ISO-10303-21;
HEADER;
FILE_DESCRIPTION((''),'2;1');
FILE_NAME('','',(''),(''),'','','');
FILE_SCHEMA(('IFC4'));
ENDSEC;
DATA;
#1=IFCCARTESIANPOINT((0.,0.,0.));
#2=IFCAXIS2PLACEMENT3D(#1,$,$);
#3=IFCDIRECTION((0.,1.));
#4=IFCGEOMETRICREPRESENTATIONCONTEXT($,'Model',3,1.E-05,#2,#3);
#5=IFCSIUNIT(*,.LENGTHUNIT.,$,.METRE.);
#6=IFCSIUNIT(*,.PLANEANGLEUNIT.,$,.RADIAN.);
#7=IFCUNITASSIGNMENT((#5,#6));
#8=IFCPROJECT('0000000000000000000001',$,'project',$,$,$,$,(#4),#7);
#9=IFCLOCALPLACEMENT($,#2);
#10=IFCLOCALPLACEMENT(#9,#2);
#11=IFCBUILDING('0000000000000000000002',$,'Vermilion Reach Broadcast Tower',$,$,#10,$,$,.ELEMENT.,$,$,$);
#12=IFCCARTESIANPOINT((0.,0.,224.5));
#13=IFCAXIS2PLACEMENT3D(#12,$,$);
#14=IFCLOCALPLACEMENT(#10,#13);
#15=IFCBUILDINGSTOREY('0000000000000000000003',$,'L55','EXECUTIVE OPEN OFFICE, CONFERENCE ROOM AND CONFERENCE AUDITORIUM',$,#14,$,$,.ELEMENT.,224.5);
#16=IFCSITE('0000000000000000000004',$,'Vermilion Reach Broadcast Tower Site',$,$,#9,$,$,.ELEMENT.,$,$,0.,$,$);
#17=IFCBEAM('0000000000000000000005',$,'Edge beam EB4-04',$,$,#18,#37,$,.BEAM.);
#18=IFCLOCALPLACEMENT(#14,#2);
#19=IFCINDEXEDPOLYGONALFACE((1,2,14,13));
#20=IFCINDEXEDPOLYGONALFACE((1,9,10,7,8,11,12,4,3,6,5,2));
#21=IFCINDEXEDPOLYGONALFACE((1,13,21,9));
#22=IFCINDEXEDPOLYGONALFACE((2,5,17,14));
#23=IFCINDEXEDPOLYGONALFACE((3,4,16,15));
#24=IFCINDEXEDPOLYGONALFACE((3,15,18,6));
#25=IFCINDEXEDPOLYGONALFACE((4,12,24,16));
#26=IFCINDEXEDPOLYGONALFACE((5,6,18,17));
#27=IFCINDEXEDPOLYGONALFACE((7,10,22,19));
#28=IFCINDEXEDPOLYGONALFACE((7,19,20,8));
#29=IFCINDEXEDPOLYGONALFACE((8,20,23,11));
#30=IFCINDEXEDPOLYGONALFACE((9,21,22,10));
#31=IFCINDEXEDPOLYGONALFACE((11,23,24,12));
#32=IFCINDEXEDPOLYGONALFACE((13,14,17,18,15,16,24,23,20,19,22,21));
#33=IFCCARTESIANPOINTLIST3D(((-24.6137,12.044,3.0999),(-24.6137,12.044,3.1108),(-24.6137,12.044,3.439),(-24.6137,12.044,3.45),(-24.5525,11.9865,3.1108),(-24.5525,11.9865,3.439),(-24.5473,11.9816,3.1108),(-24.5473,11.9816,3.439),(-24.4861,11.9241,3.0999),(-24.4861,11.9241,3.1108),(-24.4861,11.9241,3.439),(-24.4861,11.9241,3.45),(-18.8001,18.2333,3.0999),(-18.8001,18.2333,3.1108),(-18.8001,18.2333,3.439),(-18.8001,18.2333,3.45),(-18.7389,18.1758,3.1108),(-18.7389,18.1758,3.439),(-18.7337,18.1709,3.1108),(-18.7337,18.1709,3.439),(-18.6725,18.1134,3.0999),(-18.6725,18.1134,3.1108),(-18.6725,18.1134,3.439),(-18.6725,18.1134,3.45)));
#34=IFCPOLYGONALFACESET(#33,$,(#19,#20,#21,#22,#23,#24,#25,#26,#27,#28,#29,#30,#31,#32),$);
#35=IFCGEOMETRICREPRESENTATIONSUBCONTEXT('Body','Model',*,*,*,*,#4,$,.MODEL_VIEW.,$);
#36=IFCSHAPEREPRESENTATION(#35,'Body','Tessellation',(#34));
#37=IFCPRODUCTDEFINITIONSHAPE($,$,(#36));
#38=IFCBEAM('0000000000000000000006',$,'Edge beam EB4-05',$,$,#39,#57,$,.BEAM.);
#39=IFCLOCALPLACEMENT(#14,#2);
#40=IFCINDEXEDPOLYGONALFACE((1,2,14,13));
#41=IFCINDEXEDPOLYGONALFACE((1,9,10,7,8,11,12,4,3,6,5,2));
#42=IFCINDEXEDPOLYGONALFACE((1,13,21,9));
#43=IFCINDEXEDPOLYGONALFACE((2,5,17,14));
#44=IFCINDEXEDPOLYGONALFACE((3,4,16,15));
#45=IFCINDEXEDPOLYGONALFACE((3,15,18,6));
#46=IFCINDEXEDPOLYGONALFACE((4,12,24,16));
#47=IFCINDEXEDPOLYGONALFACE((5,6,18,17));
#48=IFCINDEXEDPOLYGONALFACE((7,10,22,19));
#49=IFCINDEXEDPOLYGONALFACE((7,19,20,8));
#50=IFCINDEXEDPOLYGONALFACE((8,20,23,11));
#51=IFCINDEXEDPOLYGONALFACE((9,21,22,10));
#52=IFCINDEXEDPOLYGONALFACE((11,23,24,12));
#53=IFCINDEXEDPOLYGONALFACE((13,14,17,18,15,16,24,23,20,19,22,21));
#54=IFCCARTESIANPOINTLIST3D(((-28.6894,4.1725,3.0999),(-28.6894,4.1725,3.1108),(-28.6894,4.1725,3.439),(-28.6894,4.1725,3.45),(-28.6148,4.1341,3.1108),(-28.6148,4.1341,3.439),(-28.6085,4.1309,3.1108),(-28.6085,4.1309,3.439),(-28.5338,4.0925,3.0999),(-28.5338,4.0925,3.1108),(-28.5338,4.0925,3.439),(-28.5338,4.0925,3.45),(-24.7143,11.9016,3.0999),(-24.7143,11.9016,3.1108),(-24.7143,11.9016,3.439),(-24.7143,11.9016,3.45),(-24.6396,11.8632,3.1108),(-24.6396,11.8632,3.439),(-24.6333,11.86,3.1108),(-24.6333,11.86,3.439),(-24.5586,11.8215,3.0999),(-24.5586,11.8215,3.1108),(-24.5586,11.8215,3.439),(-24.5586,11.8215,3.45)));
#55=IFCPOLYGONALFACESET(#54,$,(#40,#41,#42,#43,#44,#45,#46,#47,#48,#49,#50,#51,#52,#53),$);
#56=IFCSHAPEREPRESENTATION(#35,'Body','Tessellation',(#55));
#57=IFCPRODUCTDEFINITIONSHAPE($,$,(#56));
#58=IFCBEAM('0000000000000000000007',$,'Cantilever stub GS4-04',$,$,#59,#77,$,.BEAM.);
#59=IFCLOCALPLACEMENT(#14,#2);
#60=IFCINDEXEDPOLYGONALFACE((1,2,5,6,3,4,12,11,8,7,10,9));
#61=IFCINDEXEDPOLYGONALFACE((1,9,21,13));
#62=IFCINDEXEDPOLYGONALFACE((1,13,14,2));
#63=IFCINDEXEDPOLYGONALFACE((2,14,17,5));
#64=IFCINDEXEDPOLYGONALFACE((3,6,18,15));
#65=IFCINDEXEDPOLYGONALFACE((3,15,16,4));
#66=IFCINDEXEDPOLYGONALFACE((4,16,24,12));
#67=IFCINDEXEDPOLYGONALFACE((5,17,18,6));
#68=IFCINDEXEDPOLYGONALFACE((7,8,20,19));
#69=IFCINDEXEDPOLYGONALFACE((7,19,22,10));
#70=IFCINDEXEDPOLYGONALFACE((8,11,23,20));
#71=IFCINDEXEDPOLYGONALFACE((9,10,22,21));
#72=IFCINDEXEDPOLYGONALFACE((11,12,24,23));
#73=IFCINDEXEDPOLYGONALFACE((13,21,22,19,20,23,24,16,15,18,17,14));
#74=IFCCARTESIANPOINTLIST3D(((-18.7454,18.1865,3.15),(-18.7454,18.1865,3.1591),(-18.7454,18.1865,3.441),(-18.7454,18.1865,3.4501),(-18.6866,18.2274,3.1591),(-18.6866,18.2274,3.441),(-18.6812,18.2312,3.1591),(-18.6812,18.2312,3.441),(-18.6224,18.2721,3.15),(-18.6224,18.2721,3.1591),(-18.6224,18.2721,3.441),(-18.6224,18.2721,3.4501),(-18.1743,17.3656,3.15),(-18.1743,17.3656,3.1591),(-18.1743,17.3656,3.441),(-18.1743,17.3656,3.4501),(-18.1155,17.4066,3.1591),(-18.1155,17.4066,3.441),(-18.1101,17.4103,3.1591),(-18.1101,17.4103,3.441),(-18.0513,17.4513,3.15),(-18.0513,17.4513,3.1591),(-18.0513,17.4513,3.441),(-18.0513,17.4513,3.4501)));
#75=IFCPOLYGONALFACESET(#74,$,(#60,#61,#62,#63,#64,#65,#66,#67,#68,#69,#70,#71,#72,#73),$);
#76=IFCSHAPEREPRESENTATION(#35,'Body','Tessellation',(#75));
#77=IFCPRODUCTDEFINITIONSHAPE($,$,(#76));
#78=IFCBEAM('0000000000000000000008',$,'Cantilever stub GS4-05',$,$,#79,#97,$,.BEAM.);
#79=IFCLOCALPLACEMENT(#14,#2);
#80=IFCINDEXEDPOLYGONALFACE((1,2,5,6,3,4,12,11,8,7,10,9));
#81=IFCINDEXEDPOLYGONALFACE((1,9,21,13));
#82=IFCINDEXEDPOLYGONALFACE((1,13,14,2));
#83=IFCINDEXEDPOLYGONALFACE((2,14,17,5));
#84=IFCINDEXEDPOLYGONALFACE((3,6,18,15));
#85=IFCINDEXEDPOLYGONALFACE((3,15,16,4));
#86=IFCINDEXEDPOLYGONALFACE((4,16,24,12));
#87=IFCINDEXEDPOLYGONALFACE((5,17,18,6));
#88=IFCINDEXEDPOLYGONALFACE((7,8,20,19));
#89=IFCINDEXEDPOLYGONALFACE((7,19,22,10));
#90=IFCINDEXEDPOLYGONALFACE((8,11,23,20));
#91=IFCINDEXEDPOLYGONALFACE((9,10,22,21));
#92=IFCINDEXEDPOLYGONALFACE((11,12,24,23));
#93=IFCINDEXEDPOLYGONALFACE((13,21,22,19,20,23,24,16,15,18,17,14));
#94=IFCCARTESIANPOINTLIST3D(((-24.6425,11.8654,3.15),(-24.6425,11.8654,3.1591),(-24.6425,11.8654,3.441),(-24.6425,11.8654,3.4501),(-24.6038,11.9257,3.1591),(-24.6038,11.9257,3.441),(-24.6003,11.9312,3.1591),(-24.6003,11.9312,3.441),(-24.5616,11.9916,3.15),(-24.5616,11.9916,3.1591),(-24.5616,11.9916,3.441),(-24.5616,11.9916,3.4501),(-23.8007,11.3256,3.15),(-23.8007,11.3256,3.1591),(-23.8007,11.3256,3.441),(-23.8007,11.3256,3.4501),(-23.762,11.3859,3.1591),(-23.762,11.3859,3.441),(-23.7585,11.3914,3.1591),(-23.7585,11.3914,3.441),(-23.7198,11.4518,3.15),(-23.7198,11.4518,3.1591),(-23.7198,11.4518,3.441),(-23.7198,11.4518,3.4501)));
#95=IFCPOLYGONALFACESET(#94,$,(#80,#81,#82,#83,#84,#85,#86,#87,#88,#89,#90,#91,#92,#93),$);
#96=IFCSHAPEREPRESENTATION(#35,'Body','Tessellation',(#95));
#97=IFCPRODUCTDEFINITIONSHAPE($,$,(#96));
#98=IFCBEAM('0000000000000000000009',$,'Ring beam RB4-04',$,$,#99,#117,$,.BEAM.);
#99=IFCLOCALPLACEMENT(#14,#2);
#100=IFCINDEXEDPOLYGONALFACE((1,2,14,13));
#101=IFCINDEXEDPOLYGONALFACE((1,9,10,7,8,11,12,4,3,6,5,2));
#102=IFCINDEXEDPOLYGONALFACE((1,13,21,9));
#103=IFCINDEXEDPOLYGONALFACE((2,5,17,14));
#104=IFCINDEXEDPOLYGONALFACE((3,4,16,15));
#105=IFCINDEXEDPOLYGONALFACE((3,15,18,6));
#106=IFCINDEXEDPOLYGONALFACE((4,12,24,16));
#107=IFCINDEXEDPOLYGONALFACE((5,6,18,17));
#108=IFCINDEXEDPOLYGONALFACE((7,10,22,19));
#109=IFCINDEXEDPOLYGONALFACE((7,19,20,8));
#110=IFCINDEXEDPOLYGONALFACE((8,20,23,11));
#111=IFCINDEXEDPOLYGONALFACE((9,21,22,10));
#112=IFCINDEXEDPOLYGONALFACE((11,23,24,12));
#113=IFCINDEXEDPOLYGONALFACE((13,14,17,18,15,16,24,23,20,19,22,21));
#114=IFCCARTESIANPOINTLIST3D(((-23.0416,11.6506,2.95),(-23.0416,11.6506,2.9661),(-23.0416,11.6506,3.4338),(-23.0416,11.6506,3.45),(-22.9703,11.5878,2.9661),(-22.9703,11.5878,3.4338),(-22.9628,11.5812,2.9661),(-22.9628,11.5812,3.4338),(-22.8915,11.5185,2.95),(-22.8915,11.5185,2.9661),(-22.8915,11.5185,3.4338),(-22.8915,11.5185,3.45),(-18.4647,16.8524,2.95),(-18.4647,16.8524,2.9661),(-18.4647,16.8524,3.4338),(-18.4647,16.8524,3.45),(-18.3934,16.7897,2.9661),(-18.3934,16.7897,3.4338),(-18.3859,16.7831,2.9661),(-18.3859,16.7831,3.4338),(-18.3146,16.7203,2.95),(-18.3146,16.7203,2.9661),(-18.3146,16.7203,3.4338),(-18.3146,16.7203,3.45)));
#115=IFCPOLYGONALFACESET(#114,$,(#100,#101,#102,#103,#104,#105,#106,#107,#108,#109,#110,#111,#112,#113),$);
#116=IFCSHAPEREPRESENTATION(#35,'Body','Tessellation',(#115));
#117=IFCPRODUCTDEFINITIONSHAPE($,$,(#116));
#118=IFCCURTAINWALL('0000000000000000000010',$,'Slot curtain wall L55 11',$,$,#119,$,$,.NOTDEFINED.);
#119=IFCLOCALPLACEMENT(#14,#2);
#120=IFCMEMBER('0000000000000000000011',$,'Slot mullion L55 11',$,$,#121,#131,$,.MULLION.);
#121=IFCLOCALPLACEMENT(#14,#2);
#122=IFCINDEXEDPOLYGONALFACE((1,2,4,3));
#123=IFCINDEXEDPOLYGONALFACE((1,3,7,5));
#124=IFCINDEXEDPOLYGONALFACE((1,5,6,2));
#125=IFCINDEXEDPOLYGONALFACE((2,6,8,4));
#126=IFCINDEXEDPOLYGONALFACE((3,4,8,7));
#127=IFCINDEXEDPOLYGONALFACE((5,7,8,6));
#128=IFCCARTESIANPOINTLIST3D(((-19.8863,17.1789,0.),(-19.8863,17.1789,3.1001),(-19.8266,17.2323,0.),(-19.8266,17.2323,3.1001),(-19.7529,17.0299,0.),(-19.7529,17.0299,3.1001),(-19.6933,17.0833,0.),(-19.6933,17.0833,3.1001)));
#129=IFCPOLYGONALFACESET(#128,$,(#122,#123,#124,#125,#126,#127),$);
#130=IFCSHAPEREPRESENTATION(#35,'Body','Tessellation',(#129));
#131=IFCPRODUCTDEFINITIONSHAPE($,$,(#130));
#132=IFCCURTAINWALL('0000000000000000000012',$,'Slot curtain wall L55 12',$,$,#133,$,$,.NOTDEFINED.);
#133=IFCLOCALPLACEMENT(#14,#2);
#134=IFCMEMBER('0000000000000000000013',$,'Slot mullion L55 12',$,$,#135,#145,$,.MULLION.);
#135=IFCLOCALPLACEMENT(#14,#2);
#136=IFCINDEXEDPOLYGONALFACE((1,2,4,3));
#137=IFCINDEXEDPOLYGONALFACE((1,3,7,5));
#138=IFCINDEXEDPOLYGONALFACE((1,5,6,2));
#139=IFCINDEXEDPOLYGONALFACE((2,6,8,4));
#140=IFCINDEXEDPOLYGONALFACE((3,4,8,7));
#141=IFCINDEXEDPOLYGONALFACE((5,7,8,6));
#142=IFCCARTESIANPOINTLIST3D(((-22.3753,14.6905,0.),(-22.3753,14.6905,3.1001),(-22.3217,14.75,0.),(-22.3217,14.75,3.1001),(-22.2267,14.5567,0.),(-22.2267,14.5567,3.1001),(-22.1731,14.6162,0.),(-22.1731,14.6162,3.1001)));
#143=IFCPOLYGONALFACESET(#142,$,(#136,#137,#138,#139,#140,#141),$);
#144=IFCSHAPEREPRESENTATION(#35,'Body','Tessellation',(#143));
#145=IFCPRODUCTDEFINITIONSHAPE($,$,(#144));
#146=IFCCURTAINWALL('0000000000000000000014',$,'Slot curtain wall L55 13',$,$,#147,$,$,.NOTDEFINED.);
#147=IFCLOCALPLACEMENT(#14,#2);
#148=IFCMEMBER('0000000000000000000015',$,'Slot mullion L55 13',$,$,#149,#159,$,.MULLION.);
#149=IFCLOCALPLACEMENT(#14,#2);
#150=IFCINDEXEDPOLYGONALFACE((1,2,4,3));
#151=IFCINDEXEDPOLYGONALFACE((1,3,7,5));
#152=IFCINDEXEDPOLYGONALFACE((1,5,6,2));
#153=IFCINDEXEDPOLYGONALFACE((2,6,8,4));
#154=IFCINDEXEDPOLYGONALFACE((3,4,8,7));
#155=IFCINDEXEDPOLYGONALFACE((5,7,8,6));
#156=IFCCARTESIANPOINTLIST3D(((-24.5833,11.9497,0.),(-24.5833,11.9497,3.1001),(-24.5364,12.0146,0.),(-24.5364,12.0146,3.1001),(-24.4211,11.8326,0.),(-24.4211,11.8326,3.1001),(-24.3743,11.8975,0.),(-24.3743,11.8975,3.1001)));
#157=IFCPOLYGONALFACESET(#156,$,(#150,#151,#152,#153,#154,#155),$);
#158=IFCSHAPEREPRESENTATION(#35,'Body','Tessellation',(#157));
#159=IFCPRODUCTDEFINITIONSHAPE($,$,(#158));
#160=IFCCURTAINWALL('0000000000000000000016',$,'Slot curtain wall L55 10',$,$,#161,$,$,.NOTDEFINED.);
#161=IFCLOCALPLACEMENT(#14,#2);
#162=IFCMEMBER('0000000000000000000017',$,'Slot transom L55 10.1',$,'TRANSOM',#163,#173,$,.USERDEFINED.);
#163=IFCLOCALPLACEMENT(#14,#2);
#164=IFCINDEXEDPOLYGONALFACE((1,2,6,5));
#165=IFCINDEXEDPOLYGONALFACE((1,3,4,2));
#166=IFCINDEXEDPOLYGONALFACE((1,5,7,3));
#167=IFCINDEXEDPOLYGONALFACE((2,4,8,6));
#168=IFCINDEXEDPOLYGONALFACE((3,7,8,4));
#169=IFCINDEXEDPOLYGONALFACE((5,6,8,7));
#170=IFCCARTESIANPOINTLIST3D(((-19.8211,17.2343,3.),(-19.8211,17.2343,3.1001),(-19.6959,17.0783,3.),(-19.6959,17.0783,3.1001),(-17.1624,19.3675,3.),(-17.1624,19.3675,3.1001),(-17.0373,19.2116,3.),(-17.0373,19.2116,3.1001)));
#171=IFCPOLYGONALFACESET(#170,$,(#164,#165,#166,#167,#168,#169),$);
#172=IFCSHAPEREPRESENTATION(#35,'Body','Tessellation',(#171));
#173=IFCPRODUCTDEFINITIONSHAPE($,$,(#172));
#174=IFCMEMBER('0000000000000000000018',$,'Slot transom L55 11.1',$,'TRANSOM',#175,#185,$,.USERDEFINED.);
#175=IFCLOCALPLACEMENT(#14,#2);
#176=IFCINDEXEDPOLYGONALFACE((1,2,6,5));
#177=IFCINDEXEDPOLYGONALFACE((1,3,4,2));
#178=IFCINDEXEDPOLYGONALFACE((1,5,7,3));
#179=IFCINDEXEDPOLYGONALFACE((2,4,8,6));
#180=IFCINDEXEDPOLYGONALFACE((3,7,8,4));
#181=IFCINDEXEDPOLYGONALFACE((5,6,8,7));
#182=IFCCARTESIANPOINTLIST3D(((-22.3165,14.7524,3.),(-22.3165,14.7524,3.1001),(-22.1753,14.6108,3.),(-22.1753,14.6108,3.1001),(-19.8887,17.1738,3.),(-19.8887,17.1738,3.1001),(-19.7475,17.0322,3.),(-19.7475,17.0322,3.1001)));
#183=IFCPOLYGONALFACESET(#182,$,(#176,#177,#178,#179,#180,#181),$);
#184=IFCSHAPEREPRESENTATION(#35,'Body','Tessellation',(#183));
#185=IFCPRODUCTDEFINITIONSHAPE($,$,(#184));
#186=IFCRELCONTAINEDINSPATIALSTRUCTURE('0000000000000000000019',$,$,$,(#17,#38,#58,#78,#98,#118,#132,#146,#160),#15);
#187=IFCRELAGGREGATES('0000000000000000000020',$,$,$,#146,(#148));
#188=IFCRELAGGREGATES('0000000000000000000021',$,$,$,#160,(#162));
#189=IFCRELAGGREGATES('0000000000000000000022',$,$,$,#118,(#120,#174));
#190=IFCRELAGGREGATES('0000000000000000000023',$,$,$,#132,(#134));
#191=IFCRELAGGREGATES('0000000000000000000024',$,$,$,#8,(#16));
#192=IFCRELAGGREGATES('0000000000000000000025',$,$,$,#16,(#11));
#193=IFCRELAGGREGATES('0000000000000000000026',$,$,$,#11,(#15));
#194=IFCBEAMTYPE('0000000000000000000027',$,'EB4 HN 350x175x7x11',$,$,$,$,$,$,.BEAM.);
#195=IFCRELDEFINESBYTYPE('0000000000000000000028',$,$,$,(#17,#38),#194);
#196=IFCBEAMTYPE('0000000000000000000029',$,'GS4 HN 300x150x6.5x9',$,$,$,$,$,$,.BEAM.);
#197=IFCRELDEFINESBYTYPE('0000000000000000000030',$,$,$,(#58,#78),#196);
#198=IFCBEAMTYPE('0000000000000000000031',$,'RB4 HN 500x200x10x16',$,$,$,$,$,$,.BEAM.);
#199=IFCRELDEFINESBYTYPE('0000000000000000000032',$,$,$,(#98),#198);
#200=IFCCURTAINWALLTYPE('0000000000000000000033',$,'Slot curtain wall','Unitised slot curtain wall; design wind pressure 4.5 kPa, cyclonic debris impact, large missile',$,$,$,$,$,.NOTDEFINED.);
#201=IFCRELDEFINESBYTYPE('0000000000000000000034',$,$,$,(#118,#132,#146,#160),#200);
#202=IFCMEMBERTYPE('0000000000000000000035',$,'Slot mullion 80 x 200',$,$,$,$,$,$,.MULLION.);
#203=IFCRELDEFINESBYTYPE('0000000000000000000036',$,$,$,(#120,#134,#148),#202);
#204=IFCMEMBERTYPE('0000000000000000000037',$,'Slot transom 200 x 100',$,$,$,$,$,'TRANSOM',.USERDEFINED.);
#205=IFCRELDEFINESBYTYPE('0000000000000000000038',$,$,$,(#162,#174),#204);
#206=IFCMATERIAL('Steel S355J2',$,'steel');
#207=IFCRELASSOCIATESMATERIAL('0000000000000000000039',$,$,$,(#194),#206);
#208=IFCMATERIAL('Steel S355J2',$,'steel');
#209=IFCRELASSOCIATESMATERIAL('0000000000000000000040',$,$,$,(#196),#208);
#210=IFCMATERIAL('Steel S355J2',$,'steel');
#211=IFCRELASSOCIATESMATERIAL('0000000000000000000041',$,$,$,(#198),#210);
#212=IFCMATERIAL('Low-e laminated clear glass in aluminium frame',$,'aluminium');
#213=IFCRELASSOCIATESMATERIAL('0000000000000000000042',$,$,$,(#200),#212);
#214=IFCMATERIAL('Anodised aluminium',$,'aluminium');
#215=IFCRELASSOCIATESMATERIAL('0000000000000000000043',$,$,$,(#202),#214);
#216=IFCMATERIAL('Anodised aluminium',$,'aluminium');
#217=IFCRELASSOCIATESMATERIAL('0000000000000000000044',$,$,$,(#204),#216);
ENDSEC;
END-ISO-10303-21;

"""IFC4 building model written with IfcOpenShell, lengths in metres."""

from ifc_helpers import new_model, si_unit, direction, frame, origin, origin_2d, place, context, subcontext, project, spatial, rectangle, i_section, extrude, material, material_profile, profile_set, type_object, element, aggregate, save


model = new_model("IFC4")

# Units and contexts
model_context = context("Model", 3, precision=1e-05, world=origin(), true_north=direction((0.0, 1.0)))
body_context = subcontext(model_context, "Body", "Model", "MODEL_VIEW")
ifc_project = project(units=[si_unit("LENGTHUNIT", "METRE"), si_unit("PLANEANGLEUNIT", "RADIAN")], contexts=[model_context])

# Site, building, storey
site_placement = place(None, origin())
site = spatial("IfcSite", under=ifc_project, at=site_placement, Name="Vermilion Reach Broadcast Tower Site", CompositionType="ELEMENT", RefElevation=0.0)
building_placement = place(site_placement, origin())
building = spatial("IfcBuilding", under=site, at=building_placement, Name="Vermilion Reach Broadcast Tower", CompositionType="ELEMENT")
storey_placement = place(building_placement, frame((0.0, 0.0, 224.5)))
storey = spatial("IfcBuildingStorey", under=building, at=storey_placement, Name="L55", Description="EXECUTIVE OPEN OFFICE, CONFERENCE ROOM AND CONFERENCE AUDITORIUM", CompositionType="ELEMENT", Elevation=224.5)

# Beams
ifc_material_1 = material(Name="Steel S355J2", Category="steel")
ifc_material_profile_1 = material_profile(ifc_material_1, i_section(OverallWidth=0.175, OverallDepth=0.3501, WebThickness=0.0071, FlangeThickness=0.011, at=origin_2d()), Name="S355J2 HN 350x175x7x11")
ifc_profile_set_1 = profile_set([ifc_material_profile_1], Name="Steel S355J2")
beam_type_1 = type_object("IfcBeamType", Name="EB4 HN 350x175x7x11", PredefinedType="BEAM", material=ifc_profile_set_1)
beam_1_placement = place(storey_placement, frame((-18.7363, 18.1733, 3.2749), z_axis=(-0.684636, -0.728885, 0.0), x_axis=(0.728885, -0.684636, 0.0)))
element("IfcBeam", 1, at=beam_1_placement, inside=storey, type_object=beam_type_1, Name="Edge beam EB4-04", PredefinedType="BEAM", context=body_context, shape_type="SweptSolid", body=[
    extrude(i_section(OverallWidth=0.175, OverallDepth=0.3501, WebThickness=0.0071, FlangeThickness=0.011, at=origin_2d()), origin(), (0.0, 0.0, 1.0), 8.4915),
])
beam_2_placement = place(storey_placement, frame((-24.6365, 11.8616, 3.2749), z_axis=(-0.457365, -0.889279, 0.0), x_axis=(0.889279, -0.457365, 0.0)))
element("IfcBeam", 2, at=beam_2_placement, inside=storey, type_object=beam_type_1, Name="Edge beam EB4-05", PredefinedType="BEAM", context=body_context, shape_type="SweptSolid", body=[
    extrude(i_section(OverallWidth=0.175, OverallDepth=0.3501, WebThickness=0.0071, FlangeThickness=0.011, at=origin_2d()), origin(), (0.0, 0.0, 1.0), 8.6914),
])
ifc_material_2 = material(Name="Steel S355J2", Category="steel")
ifc_material_profile_2 = material_profile(ifc_material_2, i_section(OverallWidth=0.1499, OverallDepth=0.3, WebThickness=0.0066, FlangeThickness=0.009, at=origin_2d()), Name="S355J2 HN 300x150x6.5x9")
ifc_profile_set_2 = profile_set([ifc_material_profile_2], Name="Steel S355J2")
beam_type_2 = type_object("IfcBeamType", Name="GS4 HN 300x150x6.5x9", PredefinedType="BEAM", material=ifc_profile_set_2)
for number, where, z_axis, x_axis, name in (
    (3, (-18.1128, 17.4084, 3.3), (-0.5711, 0.82088, 0.0), (-0.82088, -0.5711, 0.0), "Cantilever stub GS4-04"),
    (4, (-23.7603, 11.3887, 3.3), (-0.841797, 0.539795, 0.0), (-0.539795, -0.841797, 0.0), "Cantilever stub GS4-05"),
):
    element("IfcBeam", number, at=place(storey_placement, frame(where, z_axis=z_axis, x_axis=x_axis)), inside=storey, type_object=beam_type_2, Name=name, PredefinedType="BEAM", context=body_context, shape_type="SweptSolid", body=[
        extrude(i_section(OverallWidth=0.1499, OverallDepth=0.3, WebThickness=0.0066, FlangeThickness=0.009, at=origin_2d()), origin(), (0.0, 0.0, 1.0), 1.0),
    ])
ifc_material_3 = material(Name="Steel S355J2", Category="steel")
ifc_material_profile_3 = material_profile(ifc_material_3, i_section(OverallWidth=0.2, OverallDepth=0.5, WebThickness=0.01, FlangeThickness=0.0161, at=origin_2d()), Name="S355J2 HN 500x200x10x16")
ifc_profile_set_3 = profile_set([ifc_material_profile_3], Name="Steel S355J2")
beam_type_3 = type_object("IfcBeamType", Name="RB4 HN 500x200x10x16", PredefinedType="BEAM", material=ifc_profile_set_3)
beam_3_placement = place(storey_placement, frame((-18.3896, 16.7864, 3.2), z_axis=(-0.660565, -0.750769, 0.0), x_axis=(0.750769, -0.660565, 0.0)))
element("IfcBeam", 5, at=beam_3_placement, inside=storey, type_object=beam_type_3, Name="Ring beam RB4-04", PredefinedType="BEAM", context=body_context, shape_type="SweptSolid", body=[
    extrude(i_section(OverallWidth=0.2, OverallDepth=0.5, WebThickness=0.01, FlangeThickness=0.0161, at=origin_2d()), origin(), (0.0, 0.0, 1.0), 6.9287),
])

# Curtain walls, members
ifc_material_4 = material(Name="Low-e laminated clear glass in aluminium frame", Category="aluminium")
curtain_wall_type = type_object("IfcCurtainWallType", Name="Slot curtain wall", Description="Unitised slot curtain wall; design wind pressure 4.5 kPa, cyclonic debris impact, large missile", PredefinedType="NOTDEFINED", material=ifc_material_4)
placement = place(storey_placement, origin())
curtain_wall_1 = element("IfcCurtainWall", 6, at=placement, inside=storey, type_object=curtain_wall_type, Name="Slot curtain wall L55 11", PredefinedType="NOTDEFINED")
ifc_material_5 = material(Name="Anodised aluminium", Category="aluminium")
ifc_material_profile_4 = material_profile(ifc_material_5, rectangle(XDim=0.2, YDim=0.0801, at=origin_2d()), Name="Slot mullion 80 x 200")
ifc_profile_set_4 = profile_set([ifc_material_profile_4], Name="Anodised aluminium")
member_type_1 = type_object("IfcMemberType", Name="Slot mullion 80 x 200", PredefinedType="MULLION", material=ifc_profile_set_4)
member_1_placement = place(storey_placement, frame((-19.7898, 17.1311, 0.0), z_axis=(0.0, 0.0, 1.0), x_axis=(0.666976, -0.74508, 0.0)))
member_1 = element("IfcMember", 7, at=member_1_placement, type_object=member_type_1, Name="Slot mullion L55 11", PredefinedType="MULLION", context=body_context, shape_type="SweptSolid", body=[
    extrude(rectangle(XDim=0.2, YDim=0.0801, at=origin_2d()), origin(), (0.0, 0.0, 1.0), 3.1001),
])
curtain_wall_2 = element("IfcCurtainWall", 8, at=placement, inside=storey, type_object=curtain_wall_type, Name="Slot curtain wall L55 12", PredefinedType="NOTDEFINED")
member_2_placement = place(storey_placement, frame((-22.2742, 14.6533, 0.0), z_axis=(0.0, 0.0, 1.0), x_axis=(0.743145, -0.669131, 0.0)))
member_2 = element("IfcMember", 9, at=member_2_placement, type_object=member_type_1, Name="Slot mullion L55 12", PredefinedType="MULLION", context=body_context, shape_type="SweptSolid", body=[
    extrude(rectangle(XDim=0.2, YDim=0.0801, at=origin_2d()), origin(), (0.0, 0.0, 1.0), 3.1001),
])
curtain_wall_3 = element("IfcCurtainWall", 10, at=placement, inside=storey, type_object=curtain_wall_type, Name="Slot curtain wall L55 13", PredefinedType="NOTDEFINED")
member_3_placement = place(storey_placement, frame((-24.4788, 11.9236, 0.0), z_axis=(0.0, 0.0, 1.0), x_axis=(0.810716, -0.58544, 0.0)))
member_3 = element("IfcMember", 11, at=member_3_placement, type_object=member_type_1, Name="Slot mullion L55 13", PredefinedType="MULLION", context=body_context, shape_type="SweptSolid", body=[
    extrude(rectangle(XDim=0.2, YDim=0.0801, at=origin_2d()), origin(), (0.0, 0.0, 1.0), 3.1001),
])
curtain_wall_4 = element("IfcCurtainWall", 12, at=placement, inside=storey, type_object=curtain_wall_type, Name="Slot curtain wall L55 10", PredefinedType="NOTDEFINED")
ifc_material_6 = material(Name="Anodised aluminium", Category="aluminium")
ifc_material_profile_5 = material_profile(ifc_material_6, rectangle(XDim=0.2, YDim=0.1001, at=origin_2d()), Name="Slot transom 200 x 100")
ifc_profile_set_5 = profile_set([ifc_material_profile_5], Name="Anodised aluminium")
member_type_2 = type_object("IfcMemberType", Name="Slot transom 200 x 100", ElementType="TRANSOM", PredefinedType="USERDEFINED", material=ifc_profile_set_5)
member_4_placement = place(storey_placement, frame((-17.0999, 19.2896, 3.05), z_axis=(-0.77996, -0.62583, 0.0), x_axis=(0.62583, -0.77996, 0.0)))
member_4 = element("IfcMember", 13, at=member_4_placement, type_object=member_type_2, Name="Slot transom L55 10.1", ObjectType="TRANSOM", PredefinedType="USERDEFINED", context=body_context, shape_type="SweptSolid", body=[
    extrude(rectangle(XDim=0.2, YDim=0.1001, at=origin_2d()), origin(), (0.0, 0.0, 1.0), 3.4087),
])

# Member
member_5_placement = place(storey_placement, frame((-19.8181, 17.103, 3.05), z_axis=(-0.708032, -0.706181, 0.0), x_axis=(0.706181, -0.708032, 0.0)))
member_5 = element("IfcMember", 14, at=member_5_placement, type_object=member_type_2, Name="Slot transom L55 11.1", ObjectType="TRANSOM", PredefinedType="USERDEFINED", context=body_context, shape_type="SweptSolid", body=[
    extrude(rectangle(XDim=0.2, YDim=0.1001, at=origin_2d()), origin(), (0.0, 0.0, 1.0), 3.429),
])
aggregate(curtain_wall_3, [member_3])

aggregate(curtain_wall_4, [member_4])
aggregate(curtain_wall_1, [member_1, member_5])
aggregate(curtain_wall_2, [member_2])

save(model, "model.ifc")
